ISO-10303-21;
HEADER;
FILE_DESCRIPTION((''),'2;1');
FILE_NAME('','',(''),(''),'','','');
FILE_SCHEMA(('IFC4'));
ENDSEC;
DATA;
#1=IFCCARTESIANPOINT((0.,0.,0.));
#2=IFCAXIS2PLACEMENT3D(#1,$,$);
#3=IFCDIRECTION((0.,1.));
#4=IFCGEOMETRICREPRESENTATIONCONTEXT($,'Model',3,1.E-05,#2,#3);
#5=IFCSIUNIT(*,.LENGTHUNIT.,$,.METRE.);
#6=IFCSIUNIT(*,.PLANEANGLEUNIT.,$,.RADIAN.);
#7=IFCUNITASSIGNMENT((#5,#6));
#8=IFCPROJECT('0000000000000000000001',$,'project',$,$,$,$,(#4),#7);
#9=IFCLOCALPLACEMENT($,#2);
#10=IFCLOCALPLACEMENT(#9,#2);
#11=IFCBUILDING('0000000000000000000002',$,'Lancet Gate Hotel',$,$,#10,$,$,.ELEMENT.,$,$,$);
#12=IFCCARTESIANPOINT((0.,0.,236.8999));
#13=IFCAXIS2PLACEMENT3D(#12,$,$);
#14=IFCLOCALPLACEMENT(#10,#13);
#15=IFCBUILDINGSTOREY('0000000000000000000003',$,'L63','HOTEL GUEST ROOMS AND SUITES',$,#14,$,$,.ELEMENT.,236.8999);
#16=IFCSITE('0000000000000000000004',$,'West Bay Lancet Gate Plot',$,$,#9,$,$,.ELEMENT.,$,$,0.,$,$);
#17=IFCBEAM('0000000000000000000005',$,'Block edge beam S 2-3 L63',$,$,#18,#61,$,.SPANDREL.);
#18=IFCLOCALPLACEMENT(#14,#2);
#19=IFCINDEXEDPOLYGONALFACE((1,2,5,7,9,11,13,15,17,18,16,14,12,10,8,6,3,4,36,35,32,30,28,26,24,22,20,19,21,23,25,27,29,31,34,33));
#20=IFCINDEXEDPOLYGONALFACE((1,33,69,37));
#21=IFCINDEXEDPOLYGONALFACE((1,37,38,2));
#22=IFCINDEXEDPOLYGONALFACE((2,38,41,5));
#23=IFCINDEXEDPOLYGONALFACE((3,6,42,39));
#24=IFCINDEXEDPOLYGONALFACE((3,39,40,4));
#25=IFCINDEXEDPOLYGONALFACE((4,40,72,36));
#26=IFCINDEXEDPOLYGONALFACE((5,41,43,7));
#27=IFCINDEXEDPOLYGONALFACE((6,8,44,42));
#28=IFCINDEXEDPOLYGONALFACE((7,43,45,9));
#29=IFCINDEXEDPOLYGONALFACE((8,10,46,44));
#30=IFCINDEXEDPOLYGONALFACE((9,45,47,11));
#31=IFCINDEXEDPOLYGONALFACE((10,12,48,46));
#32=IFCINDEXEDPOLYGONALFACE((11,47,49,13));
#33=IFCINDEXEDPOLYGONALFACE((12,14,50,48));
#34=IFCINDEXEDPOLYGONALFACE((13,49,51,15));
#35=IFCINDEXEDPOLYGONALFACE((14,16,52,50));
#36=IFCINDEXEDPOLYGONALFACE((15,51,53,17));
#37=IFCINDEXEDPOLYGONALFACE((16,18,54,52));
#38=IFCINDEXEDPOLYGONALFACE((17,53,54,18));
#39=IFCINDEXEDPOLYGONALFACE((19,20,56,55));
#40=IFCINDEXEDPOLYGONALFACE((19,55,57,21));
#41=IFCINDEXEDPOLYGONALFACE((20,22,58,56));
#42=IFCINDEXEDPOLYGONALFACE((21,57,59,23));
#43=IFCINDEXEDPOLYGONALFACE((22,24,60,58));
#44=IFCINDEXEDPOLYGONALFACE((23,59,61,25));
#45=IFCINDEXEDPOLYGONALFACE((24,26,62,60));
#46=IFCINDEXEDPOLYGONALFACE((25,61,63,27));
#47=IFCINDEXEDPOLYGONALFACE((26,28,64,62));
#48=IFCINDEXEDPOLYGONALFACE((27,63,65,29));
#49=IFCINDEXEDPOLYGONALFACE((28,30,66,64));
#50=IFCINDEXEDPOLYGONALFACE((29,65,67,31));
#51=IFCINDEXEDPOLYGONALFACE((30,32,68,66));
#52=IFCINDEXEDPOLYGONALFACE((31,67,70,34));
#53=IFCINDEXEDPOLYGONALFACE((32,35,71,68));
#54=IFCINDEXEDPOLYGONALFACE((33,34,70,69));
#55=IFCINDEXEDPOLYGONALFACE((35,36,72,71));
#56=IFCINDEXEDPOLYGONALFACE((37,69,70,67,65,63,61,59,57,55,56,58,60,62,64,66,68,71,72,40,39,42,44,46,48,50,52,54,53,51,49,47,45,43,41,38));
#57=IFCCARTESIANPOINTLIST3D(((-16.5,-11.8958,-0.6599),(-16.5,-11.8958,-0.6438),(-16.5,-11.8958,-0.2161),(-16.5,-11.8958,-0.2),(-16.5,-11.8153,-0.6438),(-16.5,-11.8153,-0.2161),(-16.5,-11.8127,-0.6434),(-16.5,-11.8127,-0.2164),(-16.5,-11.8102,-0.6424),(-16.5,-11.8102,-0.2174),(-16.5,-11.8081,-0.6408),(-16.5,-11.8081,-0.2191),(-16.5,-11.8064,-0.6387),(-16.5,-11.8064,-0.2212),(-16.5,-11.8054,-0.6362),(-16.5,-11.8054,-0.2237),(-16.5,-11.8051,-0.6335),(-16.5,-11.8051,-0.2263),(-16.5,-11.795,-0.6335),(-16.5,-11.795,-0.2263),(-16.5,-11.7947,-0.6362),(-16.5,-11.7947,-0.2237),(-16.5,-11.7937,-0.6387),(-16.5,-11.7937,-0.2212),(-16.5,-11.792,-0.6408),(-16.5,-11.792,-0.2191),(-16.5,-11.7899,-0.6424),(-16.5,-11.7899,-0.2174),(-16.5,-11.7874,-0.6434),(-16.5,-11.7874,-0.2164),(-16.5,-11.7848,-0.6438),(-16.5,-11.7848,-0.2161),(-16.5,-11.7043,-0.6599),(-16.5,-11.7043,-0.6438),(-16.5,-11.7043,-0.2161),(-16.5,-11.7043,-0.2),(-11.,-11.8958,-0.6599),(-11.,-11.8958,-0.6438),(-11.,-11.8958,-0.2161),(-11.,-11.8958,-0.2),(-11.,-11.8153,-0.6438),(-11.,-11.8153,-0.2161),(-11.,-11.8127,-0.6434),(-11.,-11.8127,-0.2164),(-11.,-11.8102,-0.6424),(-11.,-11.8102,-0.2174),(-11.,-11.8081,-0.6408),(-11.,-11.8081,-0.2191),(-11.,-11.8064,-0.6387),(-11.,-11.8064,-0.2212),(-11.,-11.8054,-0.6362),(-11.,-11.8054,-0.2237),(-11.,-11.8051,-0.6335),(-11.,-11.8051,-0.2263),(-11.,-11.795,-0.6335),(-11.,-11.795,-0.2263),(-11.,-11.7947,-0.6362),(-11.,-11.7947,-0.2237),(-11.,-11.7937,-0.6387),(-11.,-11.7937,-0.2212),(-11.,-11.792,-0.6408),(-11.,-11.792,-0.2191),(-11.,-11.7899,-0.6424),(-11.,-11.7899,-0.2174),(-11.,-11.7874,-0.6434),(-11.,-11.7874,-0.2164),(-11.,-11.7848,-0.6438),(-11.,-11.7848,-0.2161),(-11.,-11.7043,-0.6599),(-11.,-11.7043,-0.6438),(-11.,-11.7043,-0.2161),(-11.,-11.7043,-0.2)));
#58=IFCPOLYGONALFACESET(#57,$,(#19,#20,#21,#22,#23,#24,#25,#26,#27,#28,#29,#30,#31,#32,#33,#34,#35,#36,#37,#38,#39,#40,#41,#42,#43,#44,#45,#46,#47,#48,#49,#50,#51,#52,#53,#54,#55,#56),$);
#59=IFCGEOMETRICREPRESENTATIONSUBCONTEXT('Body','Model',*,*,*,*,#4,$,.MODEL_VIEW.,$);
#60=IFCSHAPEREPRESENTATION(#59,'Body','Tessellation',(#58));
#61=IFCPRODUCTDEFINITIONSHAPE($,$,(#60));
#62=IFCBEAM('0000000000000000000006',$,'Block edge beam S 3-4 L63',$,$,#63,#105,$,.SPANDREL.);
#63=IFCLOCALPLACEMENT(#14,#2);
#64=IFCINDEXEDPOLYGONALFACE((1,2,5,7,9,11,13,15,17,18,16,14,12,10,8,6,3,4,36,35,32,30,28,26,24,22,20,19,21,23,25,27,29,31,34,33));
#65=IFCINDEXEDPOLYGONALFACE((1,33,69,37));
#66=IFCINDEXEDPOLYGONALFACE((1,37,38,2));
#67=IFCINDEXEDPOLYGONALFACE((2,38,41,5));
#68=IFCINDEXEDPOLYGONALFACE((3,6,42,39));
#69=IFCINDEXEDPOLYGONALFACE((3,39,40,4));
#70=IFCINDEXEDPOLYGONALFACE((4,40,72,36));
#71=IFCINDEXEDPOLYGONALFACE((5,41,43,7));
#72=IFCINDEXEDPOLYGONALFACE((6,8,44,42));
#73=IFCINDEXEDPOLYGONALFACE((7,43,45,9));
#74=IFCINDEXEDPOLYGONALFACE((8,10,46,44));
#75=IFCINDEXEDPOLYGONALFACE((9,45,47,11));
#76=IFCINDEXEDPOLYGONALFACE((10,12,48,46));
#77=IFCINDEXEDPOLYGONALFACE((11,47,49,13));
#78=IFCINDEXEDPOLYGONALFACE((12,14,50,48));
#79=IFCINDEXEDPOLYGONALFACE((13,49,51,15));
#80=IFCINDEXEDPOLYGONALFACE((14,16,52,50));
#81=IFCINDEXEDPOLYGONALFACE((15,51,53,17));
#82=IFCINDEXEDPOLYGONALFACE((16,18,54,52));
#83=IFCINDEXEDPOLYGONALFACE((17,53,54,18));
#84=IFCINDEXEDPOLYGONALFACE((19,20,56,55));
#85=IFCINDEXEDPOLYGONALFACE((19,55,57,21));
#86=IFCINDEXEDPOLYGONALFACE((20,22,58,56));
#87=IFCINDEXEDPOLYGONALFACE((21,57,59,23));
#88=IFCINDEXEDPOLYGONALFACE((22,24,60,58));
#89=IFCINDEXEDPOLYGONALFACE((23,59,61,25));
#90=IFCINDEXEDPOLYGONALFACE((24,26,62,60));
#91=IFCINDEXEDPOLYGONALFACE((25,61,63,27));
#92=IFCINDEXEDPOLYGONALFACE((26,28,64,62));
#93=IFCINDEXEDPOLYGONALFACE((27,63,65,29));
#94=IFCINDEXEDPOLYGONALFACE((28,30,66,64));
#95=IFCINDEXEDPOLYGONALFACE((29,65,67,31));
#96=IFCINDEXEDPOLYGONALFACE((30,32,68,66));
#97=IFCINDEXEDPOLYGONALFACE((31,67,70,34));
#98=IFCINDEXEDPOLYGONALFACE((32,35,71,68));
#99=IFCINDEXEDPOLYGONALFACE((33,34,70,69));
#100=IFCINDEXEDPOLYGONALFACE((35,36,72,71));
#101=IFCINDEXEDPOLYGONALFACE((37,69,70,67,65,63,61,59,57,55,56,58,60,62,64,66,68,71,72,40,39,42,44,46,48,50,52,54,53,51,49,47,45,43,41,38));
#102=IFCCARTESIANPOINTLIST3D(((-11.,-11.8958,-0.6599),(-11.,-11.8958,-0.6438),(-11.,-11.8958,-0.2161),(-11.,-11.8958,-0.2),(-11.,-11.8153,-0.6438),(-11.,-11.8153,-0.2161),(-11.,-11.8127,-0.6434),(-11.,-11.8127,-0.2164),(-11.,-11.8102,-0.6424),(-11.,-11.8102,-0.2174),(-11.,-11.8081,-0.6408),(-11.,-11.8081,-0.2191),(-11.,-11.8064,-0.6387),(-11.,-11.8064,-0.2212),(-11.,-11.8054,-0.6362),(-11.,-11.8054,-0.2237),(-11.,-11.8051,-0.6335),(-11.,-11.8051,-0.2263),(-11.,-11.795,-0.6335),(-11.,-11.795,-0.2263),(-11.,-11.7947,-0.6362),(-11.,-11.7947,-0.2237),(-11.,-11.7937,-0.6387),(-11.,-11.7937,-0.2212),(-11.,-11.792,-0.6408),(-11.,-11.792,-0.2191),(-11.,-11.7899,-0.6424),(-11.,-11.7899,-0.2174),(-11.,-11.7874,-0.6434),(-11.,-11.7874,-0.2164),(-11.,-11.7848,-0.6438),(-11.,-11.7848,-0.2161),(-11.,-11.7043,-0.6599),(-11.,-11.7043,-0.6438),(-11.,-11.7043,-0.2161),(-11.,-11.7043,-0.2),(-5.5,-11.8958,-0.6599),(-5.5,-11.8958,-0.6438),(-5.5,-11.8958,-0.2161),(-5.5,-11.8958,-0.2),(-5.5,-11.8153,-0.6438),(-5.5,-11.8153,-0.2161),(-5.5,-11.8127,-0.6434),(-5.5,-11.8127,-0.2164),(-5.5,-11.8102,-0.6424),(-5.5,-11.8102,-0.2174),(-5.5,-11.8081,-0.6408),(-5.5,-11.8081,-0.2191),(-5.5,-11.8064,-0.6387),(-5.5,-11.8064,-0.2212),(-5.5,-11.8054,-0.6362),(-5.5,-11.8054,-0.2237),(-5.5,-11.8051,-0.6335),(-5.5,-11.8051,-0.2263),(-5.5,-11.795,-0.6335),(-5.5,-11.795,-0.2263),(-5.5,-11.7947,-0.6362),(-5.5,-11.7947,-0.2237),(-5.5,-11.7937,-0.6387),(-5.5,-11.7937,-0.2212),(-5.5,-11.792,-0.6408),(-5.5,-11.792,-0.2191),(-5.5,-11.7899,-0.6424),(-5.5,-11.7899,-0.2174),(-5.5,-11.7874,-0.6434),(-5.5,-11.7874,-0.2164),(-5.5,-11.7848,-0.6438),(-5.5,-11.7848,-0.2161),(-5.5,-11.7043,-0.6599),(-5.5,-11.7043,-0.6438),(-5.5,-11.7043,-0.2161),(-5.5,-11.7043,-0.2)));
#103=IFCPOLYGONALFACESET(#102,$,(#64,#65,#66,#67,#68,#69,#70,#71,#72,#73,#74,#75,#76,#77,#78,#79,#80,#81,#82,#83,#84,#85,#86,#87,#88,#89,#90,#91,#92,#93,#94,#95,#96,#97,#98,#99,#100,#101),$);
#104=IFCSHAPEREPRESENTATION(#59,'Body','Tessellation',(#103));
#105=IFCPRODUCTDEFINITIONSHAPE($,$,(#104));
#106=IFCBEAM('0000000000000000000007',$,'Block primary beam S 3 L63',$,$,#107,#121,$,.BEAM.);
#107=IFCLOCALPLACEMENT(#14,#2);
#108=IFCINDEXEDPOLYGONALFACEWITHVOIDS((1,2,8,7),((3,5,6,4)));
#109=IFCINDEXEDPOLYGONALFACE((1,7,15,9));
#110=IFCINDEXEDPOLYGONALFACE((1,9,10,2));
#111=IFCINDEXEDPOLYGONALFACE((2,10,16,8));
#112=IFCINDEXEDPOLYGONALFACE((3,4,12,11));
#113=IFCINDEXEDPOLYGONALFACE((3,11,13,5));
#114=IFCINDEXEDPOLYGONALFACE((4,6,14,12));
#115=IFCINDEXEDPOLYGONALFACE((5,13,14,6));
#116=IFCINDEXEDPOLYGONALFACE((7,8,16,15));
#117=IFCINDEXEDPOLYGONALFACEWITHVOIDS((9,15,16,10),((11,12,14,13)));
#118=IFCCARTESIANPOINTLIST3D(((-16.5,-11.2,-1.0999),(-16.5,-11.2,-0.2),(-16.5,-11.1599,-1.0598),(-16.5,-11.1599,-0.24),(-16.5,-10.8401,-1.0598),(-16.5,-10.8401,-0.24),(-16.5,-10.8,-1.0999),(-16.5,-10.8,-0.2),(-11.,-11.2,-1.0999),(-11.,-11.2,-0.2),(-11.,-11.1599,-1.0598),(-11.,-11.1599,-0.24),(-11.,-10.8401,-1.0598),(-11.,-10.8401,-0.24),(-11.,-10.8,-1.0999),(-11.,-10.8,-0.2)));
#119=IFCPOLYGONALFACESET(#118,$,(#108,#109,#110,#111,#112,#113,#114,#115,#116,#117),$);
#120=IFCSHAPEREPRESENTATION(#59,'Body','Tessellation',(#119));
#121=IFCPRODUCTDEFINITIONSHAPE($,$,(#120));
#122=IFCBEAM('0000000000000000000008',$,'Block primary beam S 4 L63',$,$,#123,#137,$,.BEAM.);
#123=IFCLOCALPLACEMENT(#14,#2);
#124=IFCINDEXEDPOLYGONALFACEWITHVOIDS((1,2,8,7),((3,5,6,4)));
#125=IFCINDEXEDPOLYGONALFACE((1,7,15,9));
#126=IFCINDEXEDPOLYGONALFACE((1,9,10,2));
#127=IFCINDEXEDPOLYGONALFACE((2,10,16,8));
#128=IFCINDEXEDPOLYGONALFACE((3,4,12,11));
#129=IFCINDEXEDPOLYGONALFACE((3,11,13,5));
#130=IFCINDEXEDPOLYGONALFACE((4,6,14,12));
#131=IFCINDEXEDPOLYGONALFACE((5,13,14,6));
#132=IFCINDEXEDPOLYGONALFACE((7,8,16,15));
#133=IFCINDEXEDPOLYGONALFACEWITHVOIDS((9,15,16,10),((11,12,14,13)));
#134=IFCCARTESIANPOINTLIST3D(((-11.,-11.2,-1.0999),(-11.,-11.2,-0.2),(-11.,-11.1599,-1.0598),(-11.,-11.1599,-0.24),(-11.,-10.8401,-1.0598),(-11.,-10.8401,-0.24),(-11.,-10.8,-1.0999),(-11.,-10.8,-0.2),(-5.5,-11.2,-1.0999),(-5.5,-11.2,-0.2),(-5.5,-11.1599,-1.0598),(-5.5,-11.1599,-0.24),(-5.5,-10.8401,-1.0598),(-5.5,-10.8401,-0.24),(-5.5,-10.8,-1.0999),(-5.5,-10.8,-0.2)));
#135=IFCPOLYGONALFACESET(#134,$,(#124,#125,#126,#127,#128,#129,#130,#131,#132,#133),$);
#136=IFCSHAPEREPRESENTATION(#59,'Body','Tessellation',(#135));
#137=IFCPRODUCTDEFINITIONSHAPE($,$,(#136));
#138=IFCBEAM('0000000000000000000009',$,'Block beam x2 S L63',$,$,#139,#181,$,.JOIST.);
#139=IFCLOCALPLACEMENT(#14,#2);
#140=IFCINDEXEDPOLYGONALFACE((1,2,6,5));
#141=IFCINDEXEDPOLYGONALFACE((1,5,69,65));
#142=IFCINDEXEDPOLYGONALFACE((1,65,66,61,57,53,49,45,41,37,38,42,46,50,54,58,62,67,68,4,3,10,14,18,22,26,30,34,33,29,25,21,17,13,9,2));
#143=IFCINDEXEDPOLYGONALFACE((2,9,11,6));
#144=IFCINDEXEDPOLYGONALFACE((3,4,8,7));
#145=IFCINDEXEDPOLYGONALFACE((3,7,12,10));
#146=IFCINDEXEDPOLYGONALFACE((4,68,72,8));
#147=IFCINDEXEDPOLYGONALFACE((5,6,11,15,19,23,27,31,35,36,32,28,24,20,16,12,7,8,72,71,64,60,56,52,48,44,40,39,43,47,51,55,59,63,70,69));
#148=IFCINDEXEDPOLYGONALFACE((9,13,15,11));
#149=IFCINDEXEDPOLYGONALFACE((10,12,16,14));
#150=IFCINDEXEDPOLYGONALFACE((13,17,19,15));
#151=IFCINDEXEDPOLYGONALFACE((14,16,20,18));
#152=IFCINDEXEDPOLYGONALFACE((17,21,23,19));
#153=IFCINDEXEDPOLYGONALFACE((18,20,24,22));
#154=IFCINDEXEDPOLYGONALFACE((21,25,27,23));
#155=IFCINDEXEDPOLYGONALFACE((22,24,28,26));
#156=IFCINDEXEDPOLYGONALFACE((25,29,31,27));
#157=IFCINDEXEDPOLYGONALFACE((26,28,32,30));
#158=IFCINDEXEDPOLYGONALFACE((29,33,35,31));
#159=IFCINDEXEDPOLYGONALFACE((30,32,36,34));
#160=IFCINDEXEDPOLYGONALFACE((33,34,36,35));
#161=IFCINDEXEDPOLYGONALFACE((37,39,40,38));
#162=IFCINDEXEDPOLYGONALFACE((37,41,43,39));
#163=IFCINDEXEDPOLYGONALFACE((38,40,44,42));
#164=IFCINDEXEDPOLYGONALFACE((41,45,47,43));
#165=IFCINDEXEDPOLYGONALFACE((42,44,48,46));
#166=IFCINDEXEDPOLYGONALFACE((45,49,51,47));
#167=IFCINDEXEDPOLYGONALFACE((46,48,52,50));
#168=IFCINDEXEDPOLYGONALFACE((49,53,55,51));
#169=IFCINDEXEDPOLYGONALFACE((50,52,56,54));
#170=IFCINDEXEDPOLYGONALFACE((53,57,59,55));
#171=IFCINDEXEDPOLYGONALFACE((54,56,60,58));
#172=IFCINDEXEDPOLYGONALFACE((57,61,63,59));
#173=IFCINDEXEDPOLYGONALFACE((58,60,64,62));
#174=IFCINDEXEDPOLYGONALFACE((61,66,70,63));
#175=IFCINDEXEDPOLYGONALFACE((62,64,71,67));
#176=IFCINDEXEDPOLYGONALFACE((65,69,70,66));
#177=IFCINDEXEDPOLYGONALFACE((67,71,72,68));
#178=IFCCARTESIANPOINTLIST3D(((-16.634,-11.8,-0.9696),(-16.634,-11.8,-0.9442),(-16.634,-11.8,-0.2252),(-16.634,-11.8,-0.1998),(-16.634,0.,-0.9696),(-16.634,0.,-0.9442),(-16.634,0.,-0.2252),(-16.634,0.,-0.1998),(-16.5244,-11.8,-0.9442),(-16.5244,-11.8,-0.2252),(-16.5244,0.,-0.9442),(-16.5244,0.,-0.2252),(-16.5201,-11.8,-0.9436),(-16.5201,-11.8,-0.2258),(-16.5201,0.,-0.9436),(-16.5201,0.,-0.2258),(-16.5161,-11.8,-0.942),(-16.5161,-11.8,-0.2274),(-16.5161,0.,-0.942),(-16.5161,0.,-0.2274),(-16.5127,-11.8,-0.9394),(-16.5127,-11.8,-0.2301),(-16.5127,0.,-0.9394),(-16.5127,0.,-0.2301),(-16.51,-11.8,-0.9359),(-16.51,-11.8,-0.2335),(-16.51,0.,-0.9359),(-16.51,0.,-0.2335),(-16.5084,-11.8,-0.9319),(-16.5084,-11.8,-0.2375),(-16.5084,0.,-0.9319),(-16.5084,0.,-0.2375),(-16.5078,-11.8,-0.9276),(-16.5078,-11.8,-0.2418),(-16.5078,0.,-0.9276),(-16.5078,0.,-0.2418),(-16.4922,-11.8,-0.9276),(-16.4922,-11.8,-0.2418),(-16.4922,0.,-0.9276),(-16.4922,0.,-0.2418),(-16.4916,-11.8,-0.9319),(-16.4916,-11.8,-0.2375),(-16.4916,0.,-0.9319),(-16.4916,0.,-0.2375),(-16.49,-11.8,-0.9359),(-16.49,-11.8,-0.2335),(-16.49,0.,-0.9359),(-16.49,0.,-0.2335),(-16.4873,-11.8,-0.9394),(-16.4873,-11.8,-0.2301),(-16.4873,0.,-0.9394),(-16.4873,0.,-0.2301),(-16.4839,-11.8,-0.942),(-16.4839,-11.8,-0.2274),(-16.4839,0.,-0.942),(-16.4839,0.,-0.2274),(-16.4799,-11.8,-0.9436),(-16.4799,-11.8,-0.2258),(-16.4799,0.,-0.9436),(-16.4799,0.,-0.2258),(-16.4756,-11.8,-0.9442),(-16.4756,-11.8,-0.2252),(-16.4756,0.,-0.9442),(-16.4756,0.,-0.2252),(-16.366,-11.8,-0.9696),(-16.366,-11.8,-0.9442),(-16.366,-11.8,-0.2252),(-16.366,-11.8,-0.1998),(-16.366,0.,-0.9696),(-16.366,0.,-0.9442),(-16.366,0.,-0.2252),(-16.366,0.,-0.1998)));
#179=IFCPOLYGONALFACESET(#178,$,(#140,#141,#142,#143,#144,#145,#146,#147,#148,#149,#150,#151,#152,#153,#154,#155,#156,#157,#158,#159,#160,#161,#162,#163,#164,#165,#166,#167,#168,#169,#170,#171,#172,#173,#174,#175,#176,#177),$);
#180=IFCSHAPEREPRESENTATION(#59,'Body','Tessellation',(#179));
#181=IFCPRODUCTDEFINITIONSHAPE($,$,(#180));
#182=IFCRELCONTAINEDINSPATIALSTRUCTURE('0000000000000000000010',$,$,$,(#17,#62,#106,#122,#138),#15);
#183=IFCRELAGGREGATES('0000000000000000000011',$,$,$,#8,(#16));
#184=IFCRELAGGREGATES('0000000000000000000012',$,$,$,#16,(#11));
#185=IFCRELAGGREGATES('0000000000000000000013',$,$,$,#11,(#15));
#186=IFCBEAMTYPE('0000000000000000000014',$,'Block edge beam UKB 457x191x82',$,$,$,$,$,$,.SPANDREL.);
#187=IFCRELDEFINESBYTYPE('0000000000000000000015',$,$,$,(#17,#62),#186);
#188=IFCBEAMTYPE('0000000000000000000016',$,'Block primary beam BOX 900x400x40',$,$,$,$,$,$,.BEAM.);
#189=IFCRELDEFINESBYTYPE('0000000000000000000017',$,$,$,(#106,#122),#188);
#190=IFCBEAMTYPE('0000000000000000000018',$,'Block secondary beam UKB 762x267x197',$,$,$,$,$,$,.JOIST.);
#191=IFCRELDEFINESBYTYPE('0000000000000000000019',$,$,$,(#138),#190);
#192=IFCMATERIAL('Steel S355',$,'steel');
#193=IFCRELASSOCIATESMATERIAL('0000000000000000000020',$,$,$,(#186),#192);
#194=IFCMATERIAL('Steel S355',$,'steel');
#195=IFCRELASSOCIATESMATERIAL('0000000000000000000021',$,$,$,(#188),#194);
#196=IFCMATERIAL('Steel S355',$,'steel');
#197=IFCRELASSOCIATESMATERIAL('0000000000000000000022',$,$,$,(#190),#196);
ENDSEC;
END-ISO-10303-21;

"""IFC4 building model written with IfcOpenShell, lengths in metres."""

from ifc_helpers import new_model, si_unit, direction, frame, origin, origin_2d, place, context, subcontext, project, spatial, hollow_rectangle, i_section, extrude, material, material_profile, profile_set, type_object, element, save


model = new_model("IFC4")

# Units and contexts
model_context = context("Model", 3, precision=1e-05, world=origin(), true_north=direction((0.0, 1.0)))
body_context = subcontext(model_context, "Body", "Model", "MODEL_VIEW")
ifc_project = project(units=[si_unit("LENGTHUNIT", "METRE"), si_unit("PLANEANGLEUNIT", "RADIAN")], contexts=[model_context])

# Site, building, storey
site_placement = place(None, origin())
site = spatial("IfcSite", under=ifc_project, at=site_placement, Name="West Bay Lancet Gate Plot", CompositionType="ELEMENT", RefElevation=0.0)
building_placement = place(site_placement, origin())
building = spatial("IfcBuilding", under=site, at=building_placement, Name="Lancet Gate Hotel", CompositionType="ELEMENT")
storey_placement = place(building_placement, frame((0.0, 0.0, 236.8999)))
storey = spatial("IfcBuildingStorey", under=building, at=storey_placement, Name="L63", Description="HOTEL GUEST ROOMS AND SUITES", CompositionType="ELEMENT", Elevation=236.8999)

# Beams
ifc_material_1 = material(Name="Steel S355", Category="steel")
ifc_material_profile_1 = material_profile(ifc_material_1, i_section(OverallWidth=0.1914, OverallDepth=0.46, WebThickness=0.01, FlangeThickness=0.0161, FilletRadius=0.0103, at=origin_2d()), Name="UKB 457x191x82")
ifc_profile_set_1 = profile_set([ifc_material_profile_1], Name="Steel S355")
beam_type_1 = type_object("IfcBeamType", Name="Block edge beam UKB 457x191x82", PredefinedType="SPANDREL", material=ifc_profile_set_1)
for number, where, z_axis, x_axis, name in (
    (1, (-16.5, -11.8, -0.4299), (1.0, 0.0, 0.0), (0.0, 1.0, 0.0), "Block edge beam S 2-3 L63"),
    (2, (-11.0, -11.8, -0.4299), (1.0, 0.0, 0.0), (0.0, 1.0, 0.0), "Block edge beam S 3-4 L63"),
):
    element("IfcBeam", number, at=place(storey_placement, frame(where, z_axis=z_axis, x_axis=x_axis)), inside=storey, type_object=beam_type_1, Name=name, PredefinedType="SPANDREL", context=body_context, shape_type="SweptSolid", body=[
        extrude(i_section(OverallWidth=0.1914, OverallDepth=0.46, WebThickness=0.01, FlangeThickness=0.0161, FilletRadius=0.0103, at=origin_2d()), origin(), (0.0, 0.0, 1.0), 5.5),
    ])
ifc_material_2 = material(Name="Steel S355", Category="steel")
ifc_material_profile_2 = material_profile(ifc_material_2, hollow_rectangle(XDim=0.3999, YDim=0.8999, WallThickness=0.04, at=origin_2d()), Name="BOX 900x400x40")
ifc_profile_set_2 = profile_set([ifc_material_profile_2], Name="Steel S355")
beam_type_2 = type_object("IfcBeamType", Name="Block primary beam BOX 900x400x40", PredefinedType="BEAM", material=ifc_profile_set_2)
for number, where, z_axis, x_axis, name in (
    (3, (-16.5, -11.0, -0.6499), (1.0, 0.0, 0.0), (0.0, 1.0, 0.0), "Block primary beam S 3 L63"),
    (4, (-11.0, -11.0, -0.6499), (1.0, 0.0, 0.0), (0.0, 1.0, 0.0), "Block primary beam S 4 L63"),
):
    element("IfcBeam", number, at=place(storey_placement, frame(where, z_axis=z_axis, x_axis=x_axis)), inside=storey, type_object=beam_type_2, Name=name, PredefinedType="BEAM", context=body_context, shape_type="SweptSolid", body=[
        extrude(hollow_rectangle(XDim=0.3999, YDim=0.8999, WallThickness=0.04, at=origin_2d()), origin(), (0.0, 0.0, 1.0), 5.5),
    ])
ifc_material_3 = material(Name="Steel S355", Category="steel")
ifc_material_profile_3 = material_profile(ifc_material_3, i_section(OverallWidth=0.2681, OverallDepth=0.7698, WebThickness=0.0156, FlangeThickness=0.0254, FilletRadius=0.0166, at=origin_2d()), Name="UKB 762x267x197")
ifc_profile_set_3 = profile_set([ifc_material_profile_3], Name="Steel S355")
beam_type_3 = type_object("IfcBeamType", Name="Block secondary beam UKB 762x267x197", PredefinedType="JOIST", material=ifc_profile_set_3)
for number, where, z_axis, x_axis, name in (
    (5, (-16.5, -11.8, -0.5847), (0.0, 1.0, 0.0), (-1.0, 0.0, 0.0), "Block beam x2 S L63"),
):
    element("IfcBeam", number, at=place(storey_placement, frame(where, z_axis=z_axis, x_axis=x_axis)), inside=storey, type_object=beam_type_3, Name=name, PredefinedType="JOIST", context=body_context, shape_type="SweptSolid", body=[
        extrude(i_section(OverallWidth=0.2681, OverallDepth=0.7698, WebThickness=0.0156, FlangeThickness=0.0254, FilletRadius=0.0166, at=origin_2d()), origin(), (0.0, 0.0, 1.0), 11.8),
    ])

save(model, "model.ifc")
